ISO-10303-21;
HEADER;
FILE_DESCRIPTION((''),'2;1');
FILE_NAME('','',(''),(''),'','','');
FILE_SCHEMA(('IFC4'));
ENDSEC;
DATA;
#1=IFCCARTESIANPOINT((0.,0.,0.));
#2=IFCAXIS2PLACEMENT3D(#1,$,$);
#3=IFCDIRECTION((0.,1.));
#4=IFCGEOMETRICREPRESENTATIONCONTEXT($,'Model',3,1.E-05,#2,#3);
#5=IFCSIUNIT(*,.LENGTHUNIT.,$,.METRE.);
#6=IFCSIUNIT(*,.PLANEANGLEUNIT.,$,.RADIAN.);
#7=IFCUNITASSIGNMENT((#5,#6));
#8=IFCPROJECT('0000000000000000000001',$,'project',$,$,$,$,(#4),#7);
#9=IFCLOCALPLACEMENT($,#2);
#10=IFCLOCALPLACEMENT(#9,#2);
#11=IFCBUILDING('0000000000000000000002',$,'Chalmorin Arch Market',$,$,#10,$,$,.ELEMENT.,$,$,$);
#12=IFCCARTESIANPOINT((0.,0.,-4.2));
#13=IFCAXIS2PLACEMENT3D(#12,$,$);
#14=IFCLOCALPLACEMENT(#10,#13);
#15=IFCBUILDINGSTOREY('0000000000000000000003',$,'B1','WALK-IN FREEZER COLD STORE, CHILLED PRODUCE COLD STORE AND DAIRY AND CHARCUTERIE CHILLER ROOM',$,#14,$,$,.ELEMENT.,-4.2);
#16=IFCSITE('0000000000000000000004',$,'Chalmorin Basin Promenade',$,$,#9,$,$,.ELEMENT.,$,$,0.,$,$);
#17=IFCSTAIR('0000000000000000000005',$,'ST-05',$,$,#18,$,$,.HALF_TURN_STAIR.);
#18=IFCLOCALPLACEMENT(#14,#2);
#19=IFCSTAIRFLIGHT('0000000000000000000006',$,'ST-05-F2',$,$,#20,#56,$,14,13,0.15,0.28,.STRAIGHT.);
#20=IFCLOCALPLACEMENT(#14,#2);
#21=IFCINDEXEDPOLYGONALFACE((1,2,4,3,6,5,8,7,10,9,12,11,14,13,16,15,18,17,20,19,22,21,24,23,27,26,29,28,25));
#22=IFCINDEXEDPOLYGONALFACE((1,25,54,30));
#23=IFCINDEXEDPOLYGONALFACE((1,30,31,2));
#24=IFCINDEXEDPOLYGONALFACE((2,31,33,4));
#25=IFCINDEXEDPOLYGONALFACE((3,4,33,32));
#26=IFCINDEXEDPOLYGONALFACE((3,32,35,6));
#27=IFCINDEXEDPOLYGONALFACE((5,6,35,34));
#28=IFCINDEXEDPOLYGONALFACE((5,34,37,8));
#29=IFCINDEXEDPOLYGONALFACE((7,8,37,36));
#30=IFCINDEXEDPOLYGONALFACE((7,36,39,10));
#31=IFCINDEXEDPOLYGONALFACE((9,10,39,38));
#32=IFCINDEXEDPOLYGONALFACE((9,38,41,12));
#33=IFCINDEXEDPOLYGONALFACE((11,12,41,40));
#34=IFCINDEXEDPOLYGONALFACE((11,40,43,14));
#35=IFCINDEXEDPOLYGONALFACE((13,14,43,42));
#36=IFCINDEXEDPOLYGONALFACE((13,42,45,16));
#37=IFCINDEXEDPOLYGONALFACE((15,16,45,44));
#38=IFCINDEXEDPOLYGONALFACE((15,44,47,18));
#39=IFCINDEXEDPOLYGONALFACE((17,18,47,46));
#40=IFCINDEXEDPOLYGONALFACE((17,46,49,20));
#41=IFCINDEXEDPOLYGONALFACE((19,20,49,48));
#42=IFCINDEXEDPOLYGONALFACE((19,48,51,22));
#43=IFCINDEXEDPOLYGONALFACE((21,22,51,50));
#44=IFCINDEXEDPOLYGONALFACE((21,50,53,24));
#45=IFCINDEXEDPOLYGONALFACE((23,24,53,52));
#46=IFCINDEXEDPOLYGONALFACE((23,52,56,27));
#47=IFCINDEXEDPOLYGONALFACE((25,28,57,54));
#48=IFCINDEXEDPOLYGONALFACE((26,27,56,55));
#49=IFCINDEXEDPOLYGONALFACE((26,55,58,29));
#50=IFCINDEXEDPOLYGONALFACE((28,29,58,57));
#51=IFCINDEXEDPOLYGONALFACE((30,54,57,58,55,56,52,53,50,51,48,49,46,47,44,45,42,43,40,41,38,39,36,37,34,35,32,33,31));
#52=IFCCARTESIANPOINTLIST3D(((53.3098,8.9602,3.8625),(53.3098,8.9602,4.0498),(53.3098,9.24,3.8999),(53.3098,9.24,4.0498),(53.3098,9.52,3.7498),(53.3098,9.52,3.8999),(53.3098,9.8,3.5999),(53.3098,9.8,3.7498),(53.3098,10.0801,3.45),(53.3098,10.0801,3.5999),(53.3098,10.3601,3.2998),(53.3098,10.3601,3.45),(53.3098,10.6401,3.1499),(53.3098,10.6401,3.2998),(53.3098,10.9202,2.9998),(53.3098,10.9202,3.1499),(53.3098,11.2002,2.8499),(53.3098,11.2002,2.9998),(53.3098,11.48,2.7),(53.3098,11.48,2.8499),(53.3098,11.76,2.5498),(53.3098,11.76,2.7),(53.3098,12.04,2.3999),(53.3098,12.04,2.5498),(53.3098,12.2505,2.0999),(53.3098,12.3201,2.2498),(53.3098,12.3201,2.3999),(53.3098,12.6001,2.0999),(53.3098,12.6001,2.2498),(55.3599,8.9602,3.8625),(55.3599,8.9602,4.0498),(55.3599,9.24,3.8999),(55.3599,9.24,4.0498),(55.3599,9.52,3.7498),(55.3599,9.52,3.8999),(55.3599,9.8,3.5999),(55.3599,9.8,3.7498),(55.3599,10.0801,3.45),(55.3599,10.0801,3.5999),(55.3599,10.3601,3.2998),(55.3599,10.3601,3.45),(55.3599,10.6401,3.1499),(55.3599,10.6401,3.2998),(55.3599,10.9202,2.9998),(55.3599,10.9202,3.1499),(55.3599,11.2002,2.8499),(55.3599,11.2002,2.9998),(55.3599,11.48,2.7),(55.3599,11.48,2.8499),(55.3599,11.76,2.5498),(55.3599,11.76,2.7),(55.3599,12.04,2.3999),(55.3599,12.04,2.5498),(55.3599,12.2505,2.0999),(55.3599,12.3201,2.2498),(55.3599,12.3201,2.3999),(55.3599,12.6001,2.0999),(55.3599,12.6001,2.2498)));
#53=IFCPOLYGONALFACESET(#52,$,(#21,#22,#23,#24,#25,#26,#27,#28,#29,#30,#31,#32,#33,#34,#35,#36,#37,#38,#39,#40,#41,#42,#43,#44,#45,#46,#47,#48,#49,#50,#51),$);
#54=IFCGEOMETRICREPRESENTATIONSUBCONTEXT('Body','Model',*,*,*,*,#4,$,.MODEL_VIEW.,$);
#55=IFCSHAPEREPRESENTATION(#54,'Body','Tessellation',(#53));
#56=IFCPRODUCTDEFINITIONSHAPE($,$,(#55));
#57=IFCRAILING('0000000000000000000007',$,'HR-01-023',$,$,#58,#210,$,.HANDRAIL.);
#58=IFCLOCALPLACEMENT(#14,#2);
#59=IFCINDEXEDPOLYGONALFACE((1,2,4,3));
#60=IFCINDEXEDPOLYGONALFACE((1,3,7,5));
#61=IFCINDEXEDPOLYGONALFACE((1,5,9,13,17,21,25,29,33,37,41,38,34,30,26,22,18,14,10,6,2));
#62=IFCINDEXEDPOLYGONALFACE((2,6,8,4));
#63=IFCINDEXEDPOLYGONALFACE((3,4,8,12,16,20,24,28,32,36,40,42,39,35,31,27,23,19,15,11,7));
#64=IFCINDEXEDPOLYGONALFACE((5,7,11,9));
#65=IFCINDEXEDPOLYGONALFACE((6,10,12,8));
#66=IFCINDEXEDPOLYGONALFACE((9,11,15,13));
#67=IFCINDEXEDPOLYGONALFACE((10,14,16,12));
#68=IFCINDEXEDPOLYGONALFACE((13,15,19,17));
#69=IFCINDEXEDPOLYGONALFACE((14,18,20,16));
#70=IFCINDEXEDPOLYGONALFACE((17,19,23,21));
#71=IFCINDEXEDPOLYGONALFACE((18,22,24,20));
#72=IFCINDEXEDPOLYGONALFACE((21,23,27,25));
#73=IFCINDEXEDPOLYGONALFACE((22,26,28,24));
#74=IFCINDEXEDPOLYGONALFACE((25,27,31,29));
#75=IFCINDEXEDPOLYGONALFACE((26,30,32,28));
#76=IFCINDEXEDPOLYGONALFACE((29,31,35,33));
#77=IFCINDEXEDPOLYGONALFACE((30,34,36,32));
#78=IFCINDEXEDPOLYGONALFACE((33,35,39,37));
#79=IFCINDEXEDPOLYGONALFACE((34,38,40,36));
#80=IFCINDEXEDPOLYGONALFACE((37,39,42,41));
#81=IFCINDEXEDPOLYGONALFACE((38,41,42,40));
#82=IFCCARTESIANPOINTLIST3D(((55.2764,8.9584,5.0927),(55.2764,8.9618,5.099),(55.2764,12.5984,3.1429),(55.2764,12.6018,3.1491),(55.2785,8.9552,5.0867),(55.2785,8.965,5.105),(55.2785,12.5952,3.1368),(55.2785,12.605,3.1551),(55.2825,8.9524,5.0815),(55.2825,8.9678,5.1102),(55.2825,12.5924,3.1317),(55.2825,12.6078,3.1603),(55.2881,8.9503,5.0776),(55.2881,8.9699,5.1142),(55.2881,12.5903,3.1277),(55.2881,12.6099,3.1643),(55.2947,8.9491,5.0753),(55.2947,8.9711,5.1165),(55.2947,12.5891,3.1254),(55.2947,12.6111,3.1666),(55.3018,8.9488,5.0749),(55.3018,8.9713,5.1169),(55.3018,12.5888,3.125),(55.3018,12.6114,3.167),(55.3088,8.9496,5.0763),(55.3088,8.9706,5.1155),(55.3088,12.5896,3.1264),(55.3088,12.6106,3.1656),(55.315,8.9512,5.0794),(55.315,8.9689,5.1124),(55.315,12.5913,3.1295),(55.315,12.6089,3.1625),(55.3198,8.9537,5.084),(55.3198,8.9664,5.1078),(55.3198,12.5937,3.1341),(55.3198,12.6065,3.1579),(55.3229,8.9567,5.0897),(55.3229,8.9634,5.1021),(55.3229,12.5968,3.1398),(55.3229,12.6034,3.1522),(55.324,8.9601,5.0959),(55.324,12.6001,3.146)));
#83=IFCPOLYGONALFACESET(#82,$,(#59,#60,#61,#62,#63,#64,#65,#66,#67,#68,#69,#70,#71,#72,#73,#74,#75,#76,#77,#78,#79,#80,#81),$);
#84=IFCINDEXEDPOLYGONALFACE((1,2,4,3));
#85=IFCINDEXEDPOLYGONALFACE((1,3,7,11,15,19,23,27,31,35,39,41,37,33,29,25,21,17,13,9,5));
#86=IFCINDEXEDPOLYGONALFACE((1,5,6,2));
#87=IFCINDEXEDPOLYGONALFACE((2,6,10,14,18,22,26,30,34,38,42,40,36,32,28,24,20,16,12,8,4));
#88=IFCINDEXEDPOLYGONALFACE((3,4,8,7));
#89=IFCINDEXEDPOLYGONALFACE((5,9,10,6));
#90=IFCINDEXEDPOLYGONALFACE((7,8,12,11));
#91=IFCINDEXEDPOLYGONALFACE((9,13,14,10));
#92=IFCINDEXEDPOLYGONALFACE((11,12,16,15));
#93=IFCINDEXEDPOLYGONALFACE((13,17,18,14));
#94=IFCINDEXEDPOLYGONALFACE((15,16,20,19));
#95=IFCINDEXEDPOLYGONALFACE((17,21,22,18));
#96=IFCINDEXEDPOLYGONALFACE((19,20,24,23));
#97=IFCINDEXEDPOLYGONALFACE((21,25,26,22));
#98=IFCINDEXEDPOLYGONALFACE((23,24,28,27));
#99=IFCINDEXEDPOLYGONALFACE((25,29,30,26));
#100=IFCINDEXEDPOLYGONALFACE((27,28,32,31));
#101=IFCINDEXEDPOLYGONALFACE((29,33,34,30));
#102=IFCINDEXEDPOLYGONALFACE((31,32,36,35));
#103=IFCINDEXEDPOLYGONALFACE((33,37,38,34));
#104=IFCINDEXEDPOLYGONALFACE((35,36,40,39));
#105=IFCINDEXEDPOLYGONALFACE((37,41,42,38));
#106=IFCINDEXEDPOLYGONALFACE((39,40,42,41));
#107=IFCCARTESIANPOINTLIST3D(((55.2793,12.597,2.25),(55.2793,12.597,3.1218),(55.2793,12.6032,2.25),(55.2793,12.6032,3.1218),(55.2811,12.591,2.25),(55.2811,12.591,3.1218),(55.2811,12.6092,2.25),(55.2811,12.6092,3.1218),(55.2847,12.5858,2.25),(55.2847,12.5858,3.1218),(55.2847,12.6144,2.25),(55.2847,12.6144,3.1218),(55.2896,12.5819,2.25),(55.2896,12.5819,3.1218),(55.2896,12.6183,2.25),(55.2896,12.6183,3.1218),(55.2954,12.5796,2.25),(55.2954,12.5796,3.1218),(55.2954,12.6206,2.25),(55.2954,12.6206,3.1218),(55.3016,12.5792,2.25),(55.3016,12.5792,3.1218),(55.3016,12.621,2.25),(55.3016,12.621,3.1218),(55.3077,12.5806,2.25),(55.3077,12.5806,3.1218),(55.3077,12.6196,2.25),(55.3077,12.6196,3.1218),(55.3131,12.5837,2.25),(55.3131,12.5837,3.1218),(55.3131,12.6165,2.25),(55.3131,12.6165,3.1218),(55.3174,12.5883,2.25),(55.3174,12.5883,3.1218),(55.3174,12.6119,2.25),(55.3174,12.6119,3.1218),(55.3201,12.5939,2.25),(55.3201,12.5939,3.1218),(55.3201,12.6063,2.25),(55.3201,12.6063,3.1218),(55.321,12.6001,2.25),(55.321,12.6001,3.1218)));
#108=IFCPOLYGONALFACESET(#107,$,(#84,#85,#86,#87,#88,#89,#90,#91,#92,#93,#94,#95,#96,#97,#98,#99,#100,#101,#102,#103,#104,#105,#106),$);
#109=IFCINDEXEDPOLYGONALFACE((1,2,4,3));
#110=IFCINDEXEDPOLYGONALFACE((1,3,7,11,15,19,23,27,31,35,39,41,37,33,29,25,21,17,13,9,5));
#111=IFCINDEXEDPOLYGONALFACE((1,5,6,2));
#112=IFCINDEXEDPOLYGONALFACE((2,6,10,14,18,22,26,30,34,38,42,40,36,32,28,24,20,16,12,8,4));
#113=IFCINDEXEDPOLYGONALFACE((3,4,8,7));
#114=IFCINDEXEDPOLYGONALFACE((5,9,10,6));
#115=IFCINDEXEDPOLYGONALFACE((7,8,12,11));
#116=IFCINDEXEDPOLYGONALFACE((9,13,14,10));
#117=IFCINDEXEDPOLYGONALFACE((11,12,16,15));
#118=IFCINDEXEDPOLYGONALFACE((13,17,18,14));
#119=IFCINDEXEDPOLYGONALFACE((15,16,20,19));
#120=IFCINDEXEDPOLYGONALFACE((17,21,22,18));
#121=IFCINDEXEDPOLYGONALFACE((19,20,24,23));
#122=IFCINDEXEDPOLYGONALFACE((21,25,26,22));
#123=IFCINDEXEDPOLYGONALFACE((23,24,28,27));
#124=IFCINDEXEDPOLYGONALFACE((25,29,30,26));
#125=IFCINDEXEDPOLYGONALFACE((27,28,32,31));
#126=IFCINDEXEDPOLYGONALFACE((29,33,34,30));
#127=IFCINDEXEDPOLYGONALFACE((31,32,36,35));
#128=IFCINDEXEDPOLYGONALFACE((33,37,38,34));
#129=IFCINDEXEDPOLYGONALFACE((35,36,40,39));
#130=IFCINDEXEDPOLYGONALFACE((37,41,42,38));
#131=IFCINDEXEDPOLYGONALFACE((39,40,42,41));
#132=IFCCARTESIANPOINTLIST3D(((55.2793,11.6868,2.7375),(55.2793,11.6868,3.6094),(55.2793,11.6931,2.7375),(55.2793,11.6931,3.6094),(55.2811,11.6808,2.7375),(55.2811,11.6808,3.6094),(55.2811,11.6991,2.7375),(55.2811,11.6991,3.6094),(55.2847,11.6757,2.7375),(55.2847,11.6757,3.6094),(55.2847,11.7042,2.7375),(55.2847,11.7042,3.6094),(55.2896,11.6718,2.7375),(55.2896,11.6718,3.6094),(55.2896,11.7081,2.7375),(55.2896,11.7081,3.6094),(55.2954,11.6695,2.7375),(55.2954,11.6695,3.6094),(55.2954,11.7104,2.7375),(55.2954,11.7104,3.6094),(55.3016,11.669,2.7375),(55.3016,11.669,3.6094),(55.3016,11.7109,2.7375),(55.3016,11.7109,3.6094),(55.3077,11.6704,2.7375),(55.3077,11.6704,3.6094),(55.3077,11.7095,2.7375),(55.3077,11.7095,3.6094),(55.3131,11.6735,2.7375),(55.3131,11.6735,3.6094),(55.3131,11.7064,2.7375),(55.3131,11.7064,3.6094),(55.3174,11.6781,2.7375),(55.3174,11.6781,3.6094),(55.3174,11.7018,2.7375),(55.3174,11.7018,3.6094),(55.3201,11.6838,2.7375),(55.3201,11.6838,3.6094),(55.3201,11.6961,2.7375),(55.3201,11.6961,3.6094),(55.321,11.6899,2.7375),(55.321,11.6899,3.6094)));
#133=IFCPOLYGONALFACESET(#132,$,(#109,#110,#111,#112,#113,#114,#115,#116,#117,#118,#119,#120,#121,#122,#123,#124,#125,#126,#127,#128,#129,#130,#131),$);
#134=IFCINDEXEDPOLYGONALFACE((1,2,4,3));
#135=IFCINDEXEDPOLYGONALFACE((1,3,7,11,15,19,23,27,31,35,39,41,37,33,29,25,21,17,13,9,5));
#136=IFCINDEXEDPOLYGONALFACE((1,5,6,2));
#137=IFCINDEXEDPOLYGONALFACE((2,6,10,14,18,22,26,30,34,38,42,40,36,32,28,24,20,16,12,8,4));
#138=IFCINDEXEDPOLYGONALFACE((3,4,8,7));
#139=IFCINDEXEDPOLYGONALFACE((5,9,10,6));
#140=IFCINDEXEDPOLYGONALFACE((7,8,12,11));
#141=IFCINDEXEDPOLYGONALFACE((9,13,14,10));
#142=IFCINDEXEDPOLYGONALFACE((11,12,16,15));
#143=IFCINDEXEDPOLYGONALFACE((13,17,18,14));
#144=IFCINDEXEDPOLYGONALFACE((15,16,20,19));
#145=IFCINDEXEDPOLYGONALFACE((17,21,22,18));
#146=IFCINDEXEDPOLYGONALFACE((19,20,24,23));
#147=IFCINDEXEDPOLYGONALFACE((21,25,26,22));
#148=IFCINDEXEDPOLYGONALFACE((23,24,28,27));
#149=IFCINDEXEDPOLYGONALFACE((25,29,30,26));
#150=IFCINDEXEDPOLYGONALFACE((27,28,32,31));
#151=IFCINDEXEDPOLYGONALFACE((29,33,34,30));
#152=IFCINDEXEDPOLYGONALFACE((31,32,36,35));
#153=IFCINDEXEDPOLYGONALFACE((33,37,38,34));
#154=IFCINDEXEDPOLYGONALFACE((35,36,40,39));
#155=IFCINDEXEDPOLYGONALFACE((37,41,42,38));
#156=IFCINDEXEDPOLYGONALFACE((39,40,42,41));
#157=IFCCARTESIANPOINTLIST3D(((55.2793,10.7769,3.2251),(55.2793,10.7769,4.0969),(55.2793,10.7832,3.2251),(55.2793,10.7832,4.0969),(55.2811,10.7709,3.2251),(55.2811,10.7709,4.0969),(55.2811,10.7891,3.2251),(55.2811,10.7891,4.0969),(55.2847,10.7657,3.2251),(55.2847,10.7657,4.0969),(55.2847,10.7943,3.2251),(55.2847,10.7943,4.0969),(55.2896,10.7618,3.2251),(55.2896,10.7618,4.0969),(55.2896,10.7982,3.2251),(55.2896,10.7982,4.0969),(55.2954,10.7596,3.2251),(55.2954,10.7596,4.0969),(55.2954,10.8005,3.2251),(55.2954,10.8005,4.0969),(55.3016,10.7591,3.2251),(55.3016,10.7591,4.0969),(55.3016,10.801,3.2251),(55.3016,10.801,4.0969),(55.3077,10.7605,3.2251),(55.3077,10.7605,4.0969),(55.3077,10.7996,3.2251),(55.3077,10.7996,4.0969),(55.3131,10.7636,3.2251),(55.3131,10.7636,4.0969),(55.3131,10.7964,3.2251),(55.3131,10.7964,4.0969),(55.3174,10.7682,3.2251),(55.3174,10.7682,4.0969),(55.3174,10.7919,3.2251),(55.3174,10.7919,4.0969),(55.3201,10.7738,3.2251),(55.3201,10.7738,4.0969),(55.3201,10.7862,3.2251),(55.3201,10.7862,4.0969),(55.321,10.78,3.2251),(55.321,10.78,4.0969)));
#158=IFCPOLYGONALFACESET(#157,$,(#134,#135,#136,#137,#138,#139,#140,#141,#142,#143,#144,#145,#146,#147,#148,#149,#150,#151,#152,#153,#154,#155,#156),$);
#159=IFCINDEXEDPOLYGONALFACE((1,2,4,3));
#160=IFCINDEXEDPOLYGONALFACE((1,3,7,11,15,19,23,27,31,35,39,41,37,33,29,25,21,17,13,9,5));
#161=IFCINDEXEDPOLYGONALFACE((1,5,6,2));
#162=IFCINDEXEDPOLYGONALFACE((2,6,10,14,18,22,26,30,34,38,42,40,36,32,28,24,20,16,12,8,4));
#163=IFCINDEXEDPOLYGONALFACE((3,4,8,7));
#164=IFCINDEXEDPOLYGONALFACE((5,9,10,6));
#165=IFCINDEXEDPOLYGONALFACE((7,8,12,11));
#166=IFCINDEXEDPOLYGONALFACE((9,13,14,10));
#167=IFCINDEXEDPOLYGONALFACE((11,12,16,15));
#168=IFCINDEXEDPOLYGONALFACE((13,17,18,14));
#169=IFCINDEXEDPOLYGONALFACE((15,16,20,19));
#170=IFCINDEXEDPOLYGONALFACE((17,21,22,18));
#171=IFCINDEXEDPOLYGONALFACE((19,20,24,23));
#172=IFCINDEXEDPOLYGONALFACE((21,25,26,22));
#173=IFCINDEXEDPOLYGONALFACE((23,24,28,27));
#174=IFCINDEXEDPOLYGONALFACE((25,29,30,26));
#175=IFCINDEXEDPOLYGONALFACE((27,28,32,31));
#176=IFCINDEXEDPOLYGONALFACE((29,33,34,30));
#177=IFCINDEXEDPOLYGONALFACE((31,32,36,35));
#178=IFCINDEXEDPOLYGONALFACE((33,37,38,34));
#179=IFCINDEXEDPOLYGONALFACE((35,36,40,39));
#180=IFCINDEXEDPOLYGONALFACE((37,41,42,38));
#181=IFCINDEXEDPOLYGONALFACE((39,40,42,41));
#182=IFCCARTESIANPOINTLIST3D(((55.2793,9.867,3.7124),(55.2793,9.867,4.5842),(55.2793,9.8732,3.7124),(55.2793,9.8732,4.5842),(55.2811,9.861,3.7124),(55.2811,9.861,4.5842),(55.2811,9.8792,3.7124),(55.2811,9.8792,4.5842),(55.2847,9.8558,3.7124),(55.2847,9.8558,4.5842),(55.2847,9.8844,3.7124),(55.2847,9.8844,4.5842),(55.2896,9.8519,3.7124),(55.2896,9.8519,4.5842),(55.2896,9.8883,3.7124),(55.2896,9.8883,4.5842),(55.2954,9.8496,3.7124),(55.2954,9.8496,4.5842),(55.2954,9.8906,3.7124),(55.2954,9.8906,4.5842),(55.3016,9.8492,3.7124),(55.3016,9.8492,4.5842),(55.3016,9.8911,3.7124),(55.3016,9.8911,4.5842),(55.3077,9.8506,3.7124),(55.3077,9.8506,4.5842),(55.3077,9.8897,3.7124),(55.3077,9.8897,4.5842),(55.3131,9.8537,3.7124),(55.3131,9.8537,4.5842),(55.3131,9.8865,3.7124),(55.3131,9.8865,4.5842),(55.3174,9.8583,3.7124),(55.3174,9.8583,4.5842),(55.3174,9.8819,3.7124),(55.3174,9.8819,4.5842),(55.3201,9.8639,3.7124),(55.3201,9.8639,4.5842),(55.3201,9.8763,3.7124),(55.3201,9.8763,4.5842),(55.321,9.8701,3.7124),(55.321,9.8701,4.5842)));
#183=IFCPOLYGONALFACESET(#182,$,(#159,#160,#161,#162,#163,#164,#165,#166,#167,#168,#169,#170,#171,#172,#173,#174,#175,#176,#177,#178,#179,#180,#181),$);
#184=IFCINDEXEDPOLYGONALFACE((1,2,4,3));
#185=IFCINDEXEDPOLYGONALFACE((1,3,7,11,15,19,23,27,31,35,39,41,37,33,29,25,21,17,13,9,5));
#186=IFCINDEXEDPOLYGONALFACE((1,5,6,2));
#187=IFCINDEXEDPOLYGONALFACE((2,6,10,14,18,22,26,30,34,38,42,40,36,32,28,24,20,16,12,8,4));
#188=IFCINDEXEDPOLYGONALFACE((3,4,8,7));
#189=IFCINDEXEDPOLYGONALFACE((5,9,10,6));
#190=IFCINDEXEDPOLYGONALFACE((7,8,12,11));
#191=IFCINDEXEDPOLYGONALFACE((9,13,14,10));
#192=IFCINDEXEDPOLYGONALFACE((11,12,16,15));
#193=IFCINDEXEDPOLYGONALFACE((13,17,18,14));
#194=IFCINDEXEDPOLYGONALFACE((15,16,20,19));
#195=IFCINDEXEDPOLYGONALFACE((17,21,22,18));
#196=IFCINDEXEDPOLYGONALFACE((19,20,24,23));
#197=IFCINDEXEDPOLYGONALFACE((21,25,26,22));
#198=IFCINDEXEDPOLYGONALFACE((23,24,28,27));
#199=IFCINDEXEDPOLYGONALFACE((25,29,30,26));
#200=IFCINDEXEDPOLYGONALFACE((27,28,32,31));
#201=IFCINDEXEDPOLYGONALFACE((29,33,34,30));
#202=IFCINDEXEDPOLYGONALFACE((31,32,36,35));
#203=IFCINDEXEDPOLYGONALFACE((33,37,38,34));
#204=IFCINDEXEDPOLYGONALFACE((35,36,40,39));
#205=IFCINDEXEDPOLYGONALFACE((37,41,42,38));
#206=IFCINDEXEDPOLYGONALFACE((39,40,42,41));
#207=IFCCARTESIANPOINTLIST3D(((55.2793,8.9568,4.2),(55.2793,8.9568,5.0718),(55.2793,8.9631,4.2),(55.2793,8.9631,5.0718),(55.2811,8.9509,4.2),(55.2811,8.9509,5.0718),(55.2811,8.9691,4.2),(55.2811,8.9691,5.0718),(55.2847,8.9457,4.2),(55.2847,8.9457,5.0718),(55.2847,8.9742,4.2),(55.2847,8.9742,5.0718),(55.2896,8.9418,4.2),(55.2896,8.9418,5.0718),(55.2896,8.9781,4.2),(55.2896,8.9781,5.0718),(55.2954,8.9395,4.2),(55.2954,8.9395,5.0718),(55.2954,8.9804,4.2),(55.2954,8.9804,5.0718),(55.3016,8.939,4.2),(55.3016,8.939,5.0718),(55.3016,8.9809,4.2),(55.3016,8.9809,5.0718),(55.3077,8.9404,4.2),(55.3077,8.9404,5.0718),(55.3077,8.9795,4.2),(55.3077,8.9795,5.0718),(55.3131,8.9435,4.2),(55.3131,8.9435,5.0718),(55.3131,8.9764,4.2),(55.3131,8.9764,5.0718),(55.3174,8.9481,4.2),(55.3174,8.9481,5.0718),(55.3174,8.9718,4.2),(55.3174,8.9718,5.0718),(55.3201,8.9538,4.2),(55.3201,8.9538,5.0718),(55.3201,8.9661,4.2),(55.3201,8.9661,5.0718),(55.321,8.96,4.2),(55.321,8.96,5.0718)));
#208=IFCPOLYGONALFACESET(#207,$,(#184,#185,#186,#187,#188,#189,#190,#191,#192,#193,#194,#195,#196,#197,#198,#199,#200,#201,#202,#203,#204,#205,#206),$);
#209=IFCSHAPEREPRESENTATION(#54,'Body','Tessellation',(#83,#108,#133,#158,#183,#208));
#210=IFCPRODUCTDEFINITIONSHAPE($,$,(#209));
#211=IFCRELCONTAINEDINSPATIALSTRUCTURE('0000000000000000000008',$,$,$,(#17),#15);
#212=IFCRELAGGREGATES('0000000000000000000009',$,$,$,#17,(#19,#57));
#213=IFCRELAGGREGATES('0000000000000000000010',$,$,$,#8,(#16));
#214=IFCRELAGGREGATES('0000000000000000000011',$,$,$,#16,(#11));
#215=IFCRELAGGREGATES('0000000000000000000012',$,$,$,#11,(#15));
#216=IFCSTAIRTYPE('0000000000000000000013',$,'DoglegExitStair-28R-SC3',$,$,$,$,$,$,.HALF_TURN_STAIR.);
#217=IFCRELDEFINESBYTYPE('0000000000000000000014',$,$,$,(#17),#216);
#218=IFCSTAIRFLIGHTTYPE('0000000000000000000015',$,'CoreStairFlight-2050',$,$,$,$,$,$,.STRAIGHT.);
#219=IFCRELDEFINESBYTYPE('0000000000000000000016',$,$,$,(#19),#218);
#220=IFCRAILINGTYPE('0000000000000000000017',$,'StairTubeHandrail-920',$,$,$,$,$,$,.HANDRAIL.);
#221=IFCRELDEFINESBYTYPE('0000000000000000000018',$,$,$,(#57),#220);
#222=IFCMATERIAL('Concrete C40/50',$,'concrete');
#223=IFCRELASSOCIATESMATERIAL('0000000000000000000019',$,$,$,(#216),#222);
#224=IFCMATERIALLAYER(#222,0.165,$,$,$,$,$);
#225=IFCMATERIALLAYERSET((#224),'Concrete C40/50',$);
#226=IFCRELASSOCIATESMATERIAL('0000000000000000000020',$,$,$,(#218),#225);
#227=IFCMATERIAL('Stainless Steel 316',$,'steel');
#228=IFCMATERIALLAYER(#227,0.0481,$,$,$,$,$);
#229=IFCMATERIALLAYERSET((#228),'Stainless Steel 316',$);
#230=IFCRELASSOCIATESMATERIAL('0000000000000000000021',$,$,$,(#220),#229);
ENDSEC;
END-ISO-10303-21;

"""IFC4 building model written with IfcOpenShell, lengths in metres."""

from ifc_helpers import new_model, si_unit, direction, frame, origin, origin_2d, place, context, subcontext, project, spatial, polyline, circle, outline, extrude, material, layer, layer_set, type_object, element, aggregate, save


model = new_model("IFC4")

# Units and contexts
model_context = context("Model", 3, precision=1e-05, world=origin(), true_north=direction((0.0, 1.0)))
body_context = subcontext(model_context, "Body", "Model", "MODEL_VIEW")
ifc_project = project(units=[si_unit("LENGTHUNIT", "METRE"), si_unit("PLANEANGLEUNIT", "RADIAN")], contexts=[model_context])

# Site, building, storey
site_placement = place(None, origin())
site = spatial("IfcSite", under=ifc_project, at=site_placement, Name="Chalmorin Basin Promenade", CompositionType="ELEMENT", RefElevation=0.0)
building_placement = place(site_placement, origin())
building = spatial("IfcBuilding", under=site, at=building_placement, Name="Chalmorin Arch Market", CompositionType="ELEMENT")
storey_placement = place(building_placement, frame((0.0, 0.0, -4.2)))
storey = spatial("IfcBuildingStorey", under=building, at=storey_placement, Name="B1", Description="WALK-IN FREEZER COLD STORE, CHILLED PRODUCE COLD STORE AND DAIRY AND CHARCUTERIE CHILLER ROOM", CompositionType="ELEMENT", Elevation=-4.2)

# Shared definitions
ifc_material_1 = material(Name="Concrete C40/50", Category="concrete")

# Stair, stair flight, railing
stair_type = type_object("IfcStairType", Name="DoglegExitStair-28R-SC3", PredefinedType="HALF_TURN_STAIR", material=ifc_material_1)
stair_placement = place(storey_placement, origin())
stair = element("IfcStair", 1, at=stair_placement, inside=storey, type_object=stair_type, Name="ST-05", PredefinedType="HALF_TURN_STAIR")
ifc_layer_1 = layer(ifc_material_1, 0.165)
ifc_layer_set_1 = layer_set([ifc_layer_1], Name="Concrete C40/50")
stair_flight_type = type_object("IfcStairFlightType", Name="CoreStairFlight-2050", PredefinedType="STRAIGHT", material=ifc_layer_set_1)
stair_flight_placement = place(storey_placement, frame((54.335, 12.6001, 2.0999), z_axis=(0.0, 0.0, 1.0), x_axis=(0.0, -1.0, 0.0)))
stair_flight = element("IfcStairFlight", 2, at=stair_flight_placement, type_object=stair_flight_type, Name="ST-05-F2", NumberOfRisers=14, NumberOfTreads=13, PredefinedType="STRAIGHT", RiserHeight=0.15, TreadLength=0.28, context=body_context, shape_type="SweptSolid", body=[
    extrude(outline(polyline([(0.0, 0.0), (0.0, 0.1499), (0.28, 0.1499), (0.28, 0.3), (0.5601, 0.3), (0.5601, 0.45), (0.8401, 0.45), (0.8401, 0.6001), (1.1201, 0.6001), (1.1201, 0.75), (1.3999, 0.75), (1.3999, 0.8999), (1.6799, 0.8999), (1.6799, 1.05), (1.96, 1.05), (1.96, 1.2), (2.24, 1.2), (2.24, 1.3501), (2.52, 1.3501), (2.52, 1.5), (2.8, 1.5), (2.8, 1.6499), (3.0801, 1.6499), (3.0801, 1.8), (3.3601, 1.8), (3.3601, 1.95), (3.6399, 1.95), (3.6399, 2.1001), (3.6399, 1.7627), (0.3496, 0.0), (0.0, 0.0)])), frame((0.0, 1.0249, 0.0), z_axis=(0.0, -1.0, 0.0), x_axis=(1.0, 0.0, 0.0)), (0.0, 0.0, 1.0), 2.05),
])
ifc_material_2 = material(Name="Stainless Steel 316", Category="steel")
ifc_layer_2 = layer(ifc_material_2, 0.0481)
ifc_layer_set_2 = layer_set([ifc_layer_2], Name="Stainless Steel 316")
railing_type_1 = type_object("IfcRailingType", Name="StairTubeHandrail-920", PredefinedType="HANDRAIL", material=ifc_layer_set_2)
railing_1_placement = place(storey_placement, frame((55.3, 12.6001, 2.25)))
railing_1 = element("IfcRailing", 3, at=railing_1_placement, type_object=railing_type_1, Name="HR-01-023", PredefinedType="HANDRAIL", context=body_context, shape_type="SweptSolid", body=[
    extrude(circle(Radius=0.0239, at=origin_2d()), frame((0.0, 0.0, 0.896), z_axis=(0.0, -0.881492, 0.472198), x_axis=(1.0, 0.0, 0.0)), (0.0, 0.0, 1.0), 4.1294),
    extrude(circle(Radius=0.021, at=origin_2d()), origin(), (0.0, 0.0, 1.0), 0.8718),
    extrude(circle(Radius=0.021, at=origin_2d()), frame((0.0, -0.9102, 0.4875)), (0.0, 0.0, 1.0), 0.8718),
    extrude(circle(Radius=0.021, at=origin_2d()), frame((0.0, -1.8201, 0.9751)), (0.0, 0.0, 1.0), 0.8718),
    extrude(circle(Radius=0.021, at=origin_2d()), frame((0.0, -2.73, 1.4624)), (0.0, 0.0, 1.0), 0.8718),
    extrude(circle(Radius=0.021, at=origin_2d()), frame((0.0, -3.6401, 1.95)), (0.0, 0.0, 1.0), 0.8718),
])
aggregate(stair, [stair_flight, railing_1])

save(model, "model.ifc")
